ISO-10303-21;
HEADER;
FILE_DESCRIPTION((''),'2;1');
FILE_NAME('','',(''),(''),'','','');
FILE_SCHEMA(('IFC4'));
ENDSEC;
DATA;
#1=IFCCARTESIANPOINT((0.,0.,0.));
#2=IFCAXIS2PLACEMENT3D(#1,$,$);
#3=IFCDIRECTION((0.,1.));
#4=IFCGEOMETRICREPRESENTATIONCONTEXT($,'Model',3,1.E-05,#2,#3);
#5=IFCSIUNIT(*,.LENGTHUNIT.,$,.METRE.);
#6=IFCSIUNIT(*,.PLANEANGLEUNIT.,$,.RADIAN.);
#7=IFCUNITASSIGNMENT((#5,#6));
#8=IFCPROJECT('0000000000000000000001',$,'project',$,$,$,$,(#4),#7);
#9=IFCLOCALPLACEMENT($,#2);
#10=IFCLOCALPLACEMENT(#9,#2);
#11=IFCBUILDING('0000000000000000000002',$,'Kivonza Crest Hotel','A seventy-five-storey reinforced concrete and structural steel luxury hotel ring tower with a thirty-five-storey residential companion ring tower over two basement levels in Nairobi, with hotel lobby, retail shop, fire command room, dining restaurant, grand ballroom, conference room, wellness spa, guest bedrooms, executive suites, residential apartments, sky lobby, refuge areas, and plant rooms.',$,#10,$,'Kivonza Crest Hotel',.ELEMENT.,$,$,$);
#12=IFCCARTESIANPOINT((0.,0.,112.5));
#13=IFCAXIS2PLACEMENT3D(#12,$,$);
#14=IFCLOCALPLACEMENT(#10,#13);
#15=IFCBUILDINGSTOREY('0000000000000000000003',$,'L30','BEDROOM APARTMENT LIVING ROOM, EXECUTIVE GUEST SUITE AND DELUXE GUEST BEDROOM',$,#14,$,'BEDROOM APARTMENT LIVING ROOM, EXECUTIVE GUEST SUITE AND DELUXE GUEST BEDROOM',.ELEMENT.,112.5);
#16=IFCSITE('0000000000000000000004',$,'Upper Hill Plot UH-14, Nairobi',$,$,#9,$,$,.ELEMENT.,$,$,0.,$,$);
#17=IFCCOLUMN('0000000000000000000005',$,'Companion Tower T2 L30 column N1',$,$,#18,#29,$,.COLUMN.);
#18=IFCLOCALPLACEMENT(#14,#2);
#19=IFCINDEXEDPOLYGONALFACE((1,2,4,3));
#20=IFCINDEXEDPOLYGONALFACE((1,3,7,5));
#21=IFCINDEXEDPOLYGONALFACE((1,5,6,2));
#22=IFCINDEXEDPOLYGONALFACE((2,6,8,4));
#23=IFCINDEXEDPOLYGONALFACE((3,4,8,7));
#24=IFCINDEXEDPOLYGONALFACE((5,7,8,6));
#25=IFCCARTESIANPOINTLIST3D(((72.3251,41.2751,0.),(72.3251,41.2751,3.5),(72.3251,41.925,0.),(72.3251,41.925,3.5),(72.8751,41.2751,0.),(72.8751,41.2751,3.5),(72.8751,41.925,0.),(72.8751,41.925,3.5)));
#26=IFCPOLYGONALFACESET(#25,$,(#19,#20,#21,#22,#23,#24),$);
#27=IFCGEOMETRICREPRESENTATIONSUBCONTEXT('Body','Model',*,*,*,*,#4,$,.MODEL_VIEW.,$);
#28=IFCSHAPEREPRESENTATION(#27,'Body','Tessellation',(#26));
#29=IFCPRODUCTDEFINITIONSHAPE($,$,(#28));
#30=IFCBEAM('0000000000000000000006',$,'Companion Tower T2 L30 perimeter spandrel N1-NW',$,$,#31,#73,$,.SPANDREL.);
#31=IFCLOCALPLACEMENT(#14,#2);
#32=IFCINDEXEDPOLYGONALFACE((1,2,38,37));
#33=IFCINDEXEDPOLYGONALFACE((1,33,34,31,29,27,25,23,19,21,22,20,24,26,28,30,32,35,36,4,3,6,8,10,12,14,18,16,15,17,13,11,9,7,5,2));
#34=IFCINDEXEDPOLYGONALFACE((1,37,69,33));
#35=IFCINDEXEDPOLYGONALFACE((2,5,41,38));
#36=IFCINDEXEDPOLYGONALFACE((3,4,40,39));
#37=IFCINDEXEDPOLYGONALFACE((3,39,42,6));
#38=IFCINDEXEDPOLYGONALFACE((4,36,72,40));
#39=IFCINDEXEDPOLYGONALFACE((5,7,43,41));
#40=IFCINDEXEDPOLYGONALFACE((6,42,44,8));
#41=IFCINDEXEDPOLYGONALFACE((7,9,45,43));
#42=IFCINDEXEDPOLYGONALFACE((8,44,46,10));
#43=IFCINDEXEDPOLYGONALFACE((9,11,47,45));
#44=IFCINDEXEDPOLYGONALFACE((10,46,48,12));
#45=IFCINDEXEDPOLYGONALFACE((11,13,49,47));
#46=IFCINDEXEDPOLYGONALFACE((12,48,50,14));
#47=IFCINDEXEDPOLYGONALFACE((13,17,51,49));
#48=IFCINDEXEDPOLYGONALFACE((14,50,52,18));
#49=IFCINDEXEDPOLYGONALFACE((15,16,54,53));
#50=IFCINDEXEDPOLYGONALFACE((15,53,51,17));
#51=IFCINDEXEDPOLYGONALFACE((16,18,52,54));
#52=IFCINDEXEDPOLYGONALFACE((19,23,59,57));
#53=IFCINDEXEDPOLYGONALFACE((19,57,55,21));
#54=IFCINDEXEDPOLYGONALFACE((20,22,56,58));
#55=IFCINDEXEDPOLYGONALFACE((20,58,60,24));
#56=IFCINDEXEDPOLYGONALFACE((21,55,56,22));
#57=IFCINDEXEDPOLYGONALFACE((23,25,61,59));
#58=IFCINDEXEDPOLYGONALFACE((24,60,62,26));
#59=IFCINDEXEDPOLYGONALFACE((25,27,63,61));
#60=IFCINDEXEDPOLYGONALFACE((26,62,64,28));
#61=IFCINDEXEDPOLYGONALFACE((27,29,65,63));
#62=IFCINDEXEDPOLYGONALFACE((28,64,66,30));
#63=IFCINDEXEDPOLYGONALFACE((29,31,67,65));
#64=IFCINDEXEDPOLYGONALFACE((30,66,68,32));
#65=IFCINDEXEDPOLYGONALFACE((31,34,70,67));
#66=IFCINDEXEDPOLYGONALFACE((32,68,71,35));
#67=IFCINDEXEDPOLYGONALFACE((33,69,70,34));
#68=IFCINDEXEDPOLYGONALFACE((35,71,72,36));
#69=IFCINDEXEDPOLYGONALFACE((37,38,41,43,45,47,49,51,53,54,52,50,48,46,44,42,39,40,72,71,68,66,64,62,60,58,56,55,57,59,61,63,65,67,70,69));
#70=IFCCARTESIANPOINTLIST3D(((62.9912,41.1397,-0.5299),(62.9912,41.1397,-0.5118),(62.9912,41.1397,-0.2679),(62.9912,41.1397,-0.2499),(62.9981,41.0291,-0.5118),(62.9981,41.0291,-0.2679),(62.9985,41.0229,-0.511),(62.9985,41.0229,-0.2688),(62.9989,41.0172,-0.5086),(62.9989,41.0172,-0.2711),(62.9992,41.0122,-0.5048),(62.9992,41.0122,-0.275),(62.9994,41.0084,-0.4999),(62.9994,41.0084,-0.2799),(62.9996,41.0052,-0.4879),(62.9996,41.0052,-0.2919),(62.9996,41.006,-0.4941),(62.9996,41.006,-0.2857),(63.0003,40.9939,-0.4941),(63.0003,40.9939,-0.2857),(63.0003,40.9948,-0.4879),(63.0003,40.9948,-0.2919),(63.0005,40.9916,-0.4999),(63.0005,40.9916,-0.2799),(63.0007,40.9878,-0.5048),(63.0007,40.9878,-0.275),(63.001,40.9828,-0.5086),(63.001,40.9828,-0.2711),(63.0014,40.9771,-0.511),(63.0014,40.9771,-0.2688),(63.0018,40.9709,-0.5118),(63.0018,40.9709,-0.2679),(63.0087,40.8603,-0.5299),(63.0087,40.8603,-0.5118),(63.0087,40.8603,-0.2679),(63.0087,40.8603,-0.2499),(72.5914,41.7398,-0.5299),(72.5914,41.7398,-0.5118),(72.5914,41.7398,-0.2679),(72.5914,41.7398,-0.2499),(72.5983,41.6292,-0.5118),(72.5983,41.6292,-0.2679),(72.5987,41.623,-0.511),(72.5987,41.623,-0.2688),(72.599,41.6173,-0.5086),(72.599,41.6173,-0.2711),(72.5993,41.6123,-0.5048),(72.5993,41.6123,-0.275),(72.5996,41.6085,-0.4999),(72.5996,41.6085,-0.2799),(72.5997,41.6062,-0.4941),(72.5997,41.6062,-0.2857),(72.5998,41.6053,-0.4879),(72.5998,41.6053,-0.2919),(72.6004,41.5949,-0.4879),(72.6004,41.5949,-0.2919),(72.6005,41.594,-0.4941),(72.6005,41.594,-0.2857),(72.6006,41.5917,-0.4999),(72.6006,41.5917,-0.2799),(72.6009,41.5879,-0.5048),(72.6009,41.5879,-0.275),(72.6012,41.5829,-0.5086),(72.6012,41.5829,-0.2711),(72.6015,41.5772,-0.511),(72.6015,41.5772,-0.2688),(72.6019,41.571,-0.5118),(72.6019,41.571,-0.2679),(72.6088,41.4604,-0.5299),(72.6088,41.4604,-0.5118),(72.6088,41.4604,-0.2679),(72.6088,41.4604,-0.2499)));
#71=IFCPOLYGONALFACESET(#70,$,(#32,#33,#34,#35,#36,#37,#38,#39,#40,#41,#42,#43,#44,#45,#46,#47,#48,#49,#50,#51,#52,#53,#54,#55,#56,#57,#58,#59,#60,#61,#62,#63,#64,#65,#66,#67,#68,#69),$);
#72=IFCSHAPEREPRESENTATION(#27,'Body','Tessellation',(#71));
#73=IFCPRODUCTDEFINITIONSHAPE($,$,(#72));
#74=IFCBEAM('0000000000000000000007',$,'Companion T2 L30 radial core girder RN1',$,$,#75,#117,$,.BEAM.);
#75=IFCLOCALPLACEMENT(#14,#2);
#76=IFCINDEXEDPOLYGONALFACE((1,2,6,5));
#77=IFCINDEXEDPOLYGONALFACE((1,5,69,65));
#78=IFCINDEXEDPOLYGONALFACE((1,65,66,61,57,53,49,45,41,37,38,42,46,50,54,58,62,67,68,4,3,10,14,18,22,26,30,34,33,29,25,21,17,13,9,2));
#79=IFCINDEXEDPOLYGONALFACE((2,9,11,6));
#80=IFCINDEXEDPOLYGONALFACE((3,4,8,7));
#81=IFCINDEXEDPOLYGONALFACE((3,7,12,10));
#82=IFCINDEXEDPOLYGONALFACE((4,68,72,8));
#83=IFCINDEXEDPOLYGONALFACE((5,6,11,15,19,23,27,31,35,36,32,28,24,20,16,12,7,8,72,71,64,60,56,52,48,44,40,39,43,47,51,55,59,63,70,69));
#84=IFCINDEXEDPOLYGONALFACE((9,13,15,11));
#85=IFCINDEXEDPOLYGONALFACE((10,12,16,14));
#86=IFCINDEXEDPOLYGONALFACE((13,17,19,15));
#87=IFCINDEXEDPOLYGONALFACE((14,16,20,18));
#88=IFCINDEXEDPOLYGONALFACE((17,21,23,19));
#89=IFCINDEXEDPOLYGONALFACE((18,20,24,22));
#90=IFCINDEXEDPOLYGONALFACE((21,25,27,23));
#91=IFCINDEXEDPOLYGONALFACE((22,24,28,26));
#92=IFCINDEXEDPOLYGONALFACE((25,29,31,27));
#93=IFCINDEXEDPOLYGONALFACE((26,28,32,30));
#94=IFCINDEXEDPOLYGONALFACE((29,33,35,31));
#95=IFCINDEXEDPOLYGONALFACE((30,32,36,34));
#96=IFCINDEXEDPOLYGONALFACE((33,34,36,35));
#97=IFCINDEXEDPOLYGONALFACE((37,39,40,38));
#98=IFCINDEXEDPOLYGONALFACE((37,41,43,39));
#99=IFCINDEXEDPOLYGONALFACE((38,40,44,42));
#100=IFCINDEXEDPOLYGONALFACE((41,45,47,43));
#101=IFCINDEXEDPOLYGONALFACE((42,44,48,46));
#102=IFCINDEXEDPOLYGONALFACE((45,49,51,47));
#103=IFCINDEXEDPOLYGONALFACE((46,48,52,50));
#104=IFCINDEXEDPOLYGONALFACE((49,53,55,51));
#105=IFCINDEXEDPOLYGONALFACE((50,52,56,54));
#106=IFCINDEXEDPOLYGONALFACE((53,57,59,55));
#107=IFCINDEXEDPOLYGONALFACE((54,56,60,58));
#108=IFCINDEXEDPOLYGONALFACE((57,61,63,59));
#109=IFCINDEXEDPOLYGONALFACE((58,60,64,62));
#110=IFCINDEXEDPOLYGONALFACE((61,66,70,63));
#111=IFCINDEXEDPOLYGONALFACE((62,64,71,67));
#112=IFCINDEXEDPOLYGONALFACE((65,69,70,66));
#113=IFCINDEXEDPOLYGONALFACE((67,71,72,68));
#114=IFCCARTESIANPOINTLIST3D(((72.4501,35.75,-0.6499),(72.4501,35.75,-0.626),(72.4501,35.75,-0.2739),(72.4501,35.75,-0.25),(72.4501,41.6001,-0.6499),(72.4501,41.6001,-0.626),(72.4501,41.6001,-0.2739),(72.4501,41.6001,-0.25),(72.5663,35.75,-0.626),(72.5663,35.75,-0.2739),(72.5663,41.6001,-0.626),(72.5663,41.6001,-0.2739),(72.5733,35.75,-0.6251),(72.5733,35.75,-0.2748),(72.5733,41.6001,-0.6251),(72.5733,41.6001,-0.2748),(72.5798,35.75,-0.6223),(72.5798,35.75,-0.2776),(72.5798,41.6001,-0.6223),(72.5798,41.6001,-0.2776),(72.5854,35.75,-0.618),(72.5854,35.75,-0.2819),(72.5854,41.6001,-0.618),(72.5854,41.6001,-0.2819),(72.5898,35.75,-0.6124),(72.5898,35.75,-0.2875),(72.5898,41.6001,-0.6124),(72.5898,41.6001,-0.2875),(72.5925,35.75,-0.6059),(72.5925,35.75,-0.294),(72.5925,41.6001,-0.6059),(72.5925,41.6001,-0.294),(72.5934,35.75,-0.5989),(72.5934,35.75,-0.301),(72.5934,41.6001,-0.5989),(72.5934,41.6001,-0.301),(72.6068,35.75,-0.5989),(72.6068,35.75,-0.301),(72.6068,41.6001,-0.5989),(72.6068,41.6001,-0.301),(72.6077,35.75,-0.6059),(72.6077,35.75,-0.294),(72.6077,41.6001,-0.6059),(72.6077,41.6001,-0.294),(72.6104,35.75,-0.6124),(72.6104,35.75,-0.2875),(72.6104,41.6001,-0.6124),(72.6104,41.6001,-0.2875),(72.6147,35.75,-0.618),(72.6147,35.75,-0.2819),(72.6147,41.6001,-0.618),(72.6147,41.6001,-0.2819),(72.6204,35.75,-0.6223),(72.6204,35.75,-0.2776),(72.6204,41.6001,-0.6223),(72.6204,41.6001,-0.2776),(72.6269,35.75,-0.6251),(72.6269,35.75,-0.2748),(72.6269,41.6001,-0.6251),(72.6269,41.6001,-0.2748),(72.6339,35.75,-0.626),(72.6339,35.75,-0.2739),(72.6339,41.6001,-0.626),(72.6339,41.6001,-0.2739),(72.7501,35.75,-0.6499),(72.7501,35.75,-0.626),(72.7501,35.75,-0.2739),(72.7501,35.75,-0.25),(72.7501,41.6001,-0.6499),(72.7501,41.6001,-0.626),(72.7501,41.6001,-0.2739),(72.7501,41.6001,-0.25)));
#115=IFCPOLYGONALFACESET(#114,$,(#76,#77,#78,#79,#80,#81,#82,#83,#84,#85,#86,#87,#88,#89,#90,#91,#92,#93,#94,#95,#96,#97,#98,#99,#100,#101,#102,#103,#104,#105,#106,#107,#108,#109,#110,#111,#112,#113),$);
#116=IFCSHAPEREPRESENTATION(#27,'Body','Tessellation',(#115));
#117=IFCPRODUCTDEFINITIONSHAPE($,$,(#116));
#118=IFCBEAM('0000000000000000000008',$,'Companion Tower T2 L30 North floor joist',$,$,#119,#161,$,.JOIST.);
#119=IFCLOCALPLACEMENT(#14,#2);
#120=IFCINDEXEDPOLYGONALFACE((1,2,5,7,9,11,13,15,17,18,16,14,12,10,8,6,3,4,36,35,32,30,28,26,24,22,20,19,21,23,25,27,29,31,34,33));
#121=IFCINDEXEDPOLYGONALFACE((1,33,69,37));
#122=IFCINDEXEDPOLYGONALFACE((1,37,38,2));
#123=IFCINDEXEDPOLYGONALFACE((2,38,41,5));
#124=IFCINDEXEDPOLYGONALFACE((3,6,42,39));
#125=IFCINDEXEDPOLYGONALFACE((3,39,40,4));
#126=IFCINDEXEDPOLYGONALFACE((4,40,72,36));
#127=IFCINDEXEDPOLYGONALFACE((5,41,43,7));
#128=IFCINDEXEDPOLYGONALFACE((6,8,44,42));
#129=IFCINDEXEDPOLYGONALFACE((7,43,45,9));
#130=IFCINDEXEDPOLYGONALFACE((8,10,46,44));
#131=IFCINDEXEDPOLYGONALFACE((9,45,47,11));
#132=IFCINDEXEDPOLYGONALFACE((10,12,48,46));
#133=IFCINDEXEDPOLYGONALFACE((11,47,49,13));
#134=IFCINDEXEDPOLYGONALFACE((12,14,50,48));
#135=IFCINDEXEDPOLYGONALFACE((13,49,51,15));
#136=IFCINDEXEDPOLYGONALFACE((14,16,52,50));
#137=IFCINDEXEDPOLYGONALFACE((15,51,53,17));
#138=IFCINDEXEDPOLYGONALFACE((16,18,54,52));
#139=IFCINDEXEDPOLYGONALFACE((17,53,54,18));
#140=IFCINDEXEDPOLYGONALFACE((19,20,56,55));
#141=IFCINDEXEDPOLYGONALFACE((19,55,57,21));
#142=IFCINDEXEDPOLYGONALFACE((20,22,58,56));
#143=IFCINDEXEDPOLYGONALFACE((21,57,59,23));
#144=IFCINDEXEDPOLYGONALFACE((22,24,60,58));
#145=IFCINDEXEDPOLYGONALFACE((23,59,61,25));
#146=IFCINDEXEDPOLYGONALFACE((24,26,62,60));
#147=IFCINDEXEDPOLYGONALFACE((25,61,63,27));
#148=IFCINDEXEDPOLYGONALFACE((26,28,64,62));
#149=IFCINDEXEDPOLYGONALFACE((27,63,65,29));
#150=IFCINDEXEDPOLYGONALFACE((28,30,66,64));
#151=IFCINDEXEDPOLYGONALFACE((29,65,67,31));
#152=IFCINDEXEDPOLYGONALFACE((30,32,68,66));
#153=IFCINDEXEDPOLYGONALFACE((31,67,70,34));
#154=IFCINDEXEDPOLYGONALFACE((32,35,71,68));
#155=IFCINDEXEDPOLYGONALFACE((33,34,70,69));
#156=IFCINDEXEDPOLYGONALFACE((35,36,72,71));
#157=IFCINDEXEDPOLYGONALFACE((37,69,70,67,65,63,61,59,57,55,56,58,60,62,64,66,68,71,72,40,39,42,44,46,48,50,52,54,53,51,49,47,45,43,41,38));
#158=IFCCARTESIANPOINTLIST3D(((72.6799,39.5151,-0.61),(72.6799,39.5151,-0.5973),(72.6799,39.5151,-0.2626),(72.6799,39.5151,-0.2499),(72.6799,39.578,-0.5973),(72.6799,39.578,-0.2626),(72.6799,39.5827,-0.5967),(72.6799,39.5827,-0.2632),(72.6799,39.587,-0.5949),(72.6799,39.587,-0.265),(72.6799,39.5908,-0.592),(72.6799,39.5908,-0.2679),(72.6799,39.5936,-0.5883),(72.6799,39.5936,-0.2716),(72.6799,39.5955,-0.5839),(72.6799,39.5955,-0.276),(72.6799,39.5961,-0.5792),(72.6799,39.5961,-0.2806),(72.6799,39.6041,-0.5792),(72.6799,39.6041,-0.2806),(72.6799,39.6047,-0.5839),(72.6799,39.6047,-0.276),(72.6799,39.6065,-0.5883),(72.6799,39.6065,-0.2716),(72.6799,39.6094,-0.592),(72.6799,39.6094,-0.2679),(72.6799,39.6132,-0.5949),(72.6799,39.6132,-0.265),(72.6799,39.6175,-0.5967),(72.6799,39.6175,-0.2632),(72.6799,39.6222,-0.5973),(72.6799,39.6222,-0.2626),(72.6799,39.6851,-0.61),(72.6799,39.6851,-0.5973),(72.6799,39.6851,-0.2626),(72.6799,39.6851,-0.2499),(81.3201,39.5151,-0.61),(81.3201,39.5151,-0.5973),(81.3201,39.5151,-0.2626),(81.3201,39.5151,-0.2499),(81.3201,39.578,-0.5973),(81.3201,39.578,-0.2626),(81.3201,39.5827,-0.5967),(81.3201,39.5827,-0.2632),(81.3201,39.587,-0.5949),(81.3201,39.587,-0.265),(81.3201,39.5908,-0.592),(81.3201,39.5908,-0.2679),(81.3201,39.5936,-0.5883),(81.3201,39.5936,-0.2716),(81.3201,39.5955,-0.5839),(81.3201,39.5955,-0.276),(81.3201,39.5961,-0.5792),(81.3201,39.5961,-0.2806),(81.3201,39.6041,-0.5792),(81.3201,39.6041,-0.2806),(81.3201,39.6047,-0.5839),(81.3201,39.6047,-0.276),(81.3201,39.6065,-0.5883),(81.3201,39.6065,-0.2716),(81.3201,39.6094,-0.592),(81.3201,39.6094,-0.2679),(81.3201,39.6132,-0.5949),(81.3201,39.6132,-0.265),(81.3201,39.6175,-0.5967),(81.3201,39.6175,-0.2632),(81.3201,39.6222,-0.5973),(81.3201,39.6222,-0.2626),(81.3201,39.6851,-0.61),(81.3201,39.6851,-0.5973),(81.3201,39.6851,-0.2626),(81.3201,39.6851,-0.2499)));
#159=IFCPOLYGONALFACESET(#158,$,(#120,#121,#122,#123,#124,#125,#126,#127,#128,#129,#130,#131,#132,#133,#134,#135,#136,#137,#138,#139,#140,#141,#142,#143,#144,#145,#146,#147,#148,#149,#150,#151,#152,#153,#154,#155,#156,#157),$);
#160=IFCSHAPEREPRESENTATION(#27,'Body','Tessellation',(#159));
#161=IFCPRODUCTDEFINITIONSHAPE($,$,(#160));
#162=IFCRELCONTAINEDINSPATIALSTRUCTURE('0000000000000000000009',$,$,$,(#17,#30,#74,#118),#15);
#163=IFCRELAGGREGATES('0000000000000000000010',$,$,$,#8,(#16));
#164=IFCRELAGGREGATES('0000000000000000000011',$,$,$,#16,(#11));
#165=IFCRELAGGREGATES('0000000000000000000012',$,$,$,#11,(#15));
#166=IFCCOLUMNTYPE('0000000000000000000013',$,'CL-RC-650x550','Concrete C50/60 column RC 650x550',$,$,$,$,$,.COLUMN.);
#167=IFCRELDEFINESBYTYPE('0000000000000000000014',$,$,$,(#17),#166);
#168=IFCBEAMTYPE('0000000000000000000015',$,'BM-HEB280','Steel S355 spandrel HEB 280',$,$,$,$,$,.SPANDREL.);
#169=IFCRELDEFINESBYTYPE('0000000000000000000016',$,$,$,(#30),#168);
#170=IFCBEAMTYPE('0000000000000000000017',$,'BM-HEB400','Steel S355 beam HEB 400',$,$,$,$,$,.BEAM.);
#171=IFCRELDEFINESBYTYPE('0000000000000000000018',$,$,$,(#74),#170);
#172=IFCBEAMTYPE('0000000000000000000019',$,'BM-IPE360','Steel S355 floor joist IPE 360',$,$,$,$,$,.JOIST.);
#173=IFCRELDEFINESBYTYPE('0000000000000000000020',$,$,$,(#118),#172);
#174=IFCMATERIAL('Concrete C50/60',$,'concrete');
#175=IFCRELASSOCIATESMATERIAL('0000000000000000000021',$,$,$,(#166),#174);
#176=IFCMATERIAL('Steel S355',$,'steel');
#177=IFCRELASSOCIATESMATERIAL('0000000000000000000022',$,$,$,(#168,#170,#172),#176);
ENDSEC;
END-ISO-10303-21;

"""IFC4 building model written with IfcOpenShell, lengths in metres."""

from ifc_helpers import new_model, si_unit, direction, frame, origin, origin_2d, place, context, subcontext, project, spatial, rectangle, i_section, extrude, material, material_profile, profile_set, type_object, element, save


model = new_model("IFC4")

# Units and contexts
model_context = context("Model", 3, precision=1e-05, world=origin(), true_north=direction((0.0, 1.0)))
body_context = subcontext(model_context, "Body", "Model", "MODEL_VIEW")
ifc_project = project(units=[si_unit("LENGTHUNIT", "METRE"), si_unit("PLANEANGLEUNIT", "RADIAN")], contexts=[model_context])

# Site, building, storey
site_placement = place(None, origin())
site = spatial("IfcSite", under=ifc_project, at=site_placement, Name="Upper Hill Plot UH-14, Nairobi", CompositionType="ELEMENT", RefElevation=0.0)
building_placement = place(site_placement, origin())
building = spatial("IfcBuilding", under=site, at=building_placement, Name="Kivonza Crest Hotel", Description="A seventy-five-storey reinforced concrete and structural steel luxury hotel ring tower with a thirty-five-storey residential companion ring tower over two basement levels in Nairobi, with hotel lobby, retail shop, fire command room, dining restaurant, grand ballroom, conference room, wellness spa, guest bedrooms, executive suites, residential apartments, sky lobby, refuge areas, and plant rooms.", LongName="Kivonza Crest Hotel", CompositionType="ELEMENT")
storey_placement = place(building_placement, frame((0.0, 0.0, 112.5)))
storey = spatial("IfcBuildingStorey", under=building, at=storey_placement, Name="L30", Description="BEDROOM APARTMENT LIVING ROOM, EXECUTIVE GUEST SUITE AND DELUXE GUEST BEDROOM", LongName="BEDROOM APARTMENT LIVING ROOM, EXECUTIVE GUEST SUITE AND DELUXE GUEST BEDROOM", CompositionType="ELEMENT", Elevation=112.5)

# Column
ifc_material_1 = material(Name="Concrete C50/60", Category="concrete")
ifc_material_profile_1 = material_profile(ifc_material_1, rectangle(XDim=0.55, YDim=0.6499, at=origin_2d()), Name="RC 650x550")
ifc_profile_set_1 = profile_set([ifc_material_profile_1], Name="Concrete C50/60")
column_type = type_object("IfcColumnType", Name="CL-RC-650x550", Description="Concrete C50/60 column RC 650x550", PredefinedType="COLUMN", material=ifc_profile_set_1)
column_placement = place(storey_placement, frame((72.6001, 41.6001, 0.0), z_axis=(0.0, 0.0, 1.0), x_axis=(1.0, 0.0, 0.0)))
element("IfcColumn", 1, at=column_placement, inside=storey, type_object=column_type, Name="Companion Tower T2 L30 column N1", PredefinedType="COLUMN", context=body_context, shape_type="SweptSolid", body=[
    extrude(rectangle(XDim=0.55, YDim=0.6499, at=origin_2d()), origin(), (0.0, 0.0, 1.0), 3.5),
])

# Beams
ifc_material_2 = material(Name="Steel S355", Category="steel")
ifc_material_profile_2 = material_profile(ifc_material_2, i_section(OverallWidth=0.28, OverallDepth=0.28, WebThickness=0.0105, FlangeThickness=0.0181, FilletRadius=0.0239, at=origin_2d()), Name="HEB 280")
ifc_profile_set_2 = profile_set([ifc_material_profile_2], Name="Steel S355")
beam_type_1 = type_object("IfcBeamType", Name="BM-HEB280", Description="Steel S355 spandrel HEB 280", PredefinedType="SPANDREL", material=ifc_profile_set_2)
beam_1_placement = place(storey_placement, frame((72.6001, 41.6001, -0.3899), z_axis=(-0.998052, -0.062388, 0.0), x_axis=(0.062388, -0.998052, 0.0)))
element("IfcBeam", 2, at=beam_1_placement, inside=storey, type_object=beam_type_1, Name="Companion Tower T2 L30 perimeter spandrel N1-NW", PredefinedType="SPANDREL", context=body_context, shape_type="SweptSolid", body=[
    extrude(i_section(OverallWidth=0.28, OverallDepth=0.28, WebThickness=0.0105, FlangeThickness=0.0181, FilletRadius=0.0239, at=origin_2d()), origin(), (0.0, 0.0, 1.0), 9.6189),
])
ifc_material_profile_3 = material_profile(ifc_material_2, i_section(OverallWidth=0.3, OverallDepth=0.3999, WebThickness=0.0134, FlangeThickness=0.0239, FilletRadius=0.0271, at=origin_2d()), Name="HEB 400")
ifc_profile_set_3 = profile_set([ifc_material_profile_3], Name="Steel S355")
beam_type_2 = type_object("IfcBeamType", Name="BM-HEB400", Description="Steel S355 beam HEB 400", PredefinedType="BEAM", material=ifc_profile_set_3)
beam_2_placement = place(storey_placement, frame((72.6001, 41.6001, -0.45), z_axis=(0.0, -1.0, 0.0), x_axis=(1.0, 0.0, 0.0)))
element("IfcBeam", 3, at=beam_2_placement, inside=storey, type_object=beam_type_2, Name="Companion T2 L30 radial core girder RN1", PredefinedType="BEAM", context=body_context, shape_type="SweptSolid", body=[
    extrude(i_section(OverallWidth=0.3, OverallDepth=0.3999, WebThickness=0.0134, FlangeThickness=0.0239, FilletRadius=0.0271, at=origin_2d()), origin(), (0.0, 0.0, 1.0), 5.8501),
])
ifc_material_profile_4 = material_profile(ifc_material_2, i_section(OverallWidth=0.1699, OverallDepth=0.3601, WebThickness=0.0081, FlangeThickness=0.0127, FilletRadius=0.0181, at=origin_2d()), Name="IPE 360")
ifc_profile_set_4 = profile_set([ifc_material_profile_4], Name="Steel S355")
beam_type_3 = type_object("IfcBeamType", Name="BM-IPE360", Description="Steel S355 floor joist IPE 360", PredefinedType="JOIST", material=ifc_profile_set_4)
beam_3_placement = place(storey_placement, frame((72.6799, 39.6001, -0.4299), z_axis=(1.0, 0.0, 0.0), x_axis=(0.0, 1.0, 0.0)))
element("IfcBeam", 4, at=beam_3_placement, inside=storey, type_object=beam_type_3, Name="Companion Tower T2 L30 North floor joist", PredefinedType="JOIST", context=body_context, shape_type="SweptSolid", body=[
    extrude(i_section(OverallWidth=0.1699, OverallDepth=0.3601, WebThickness=0.0081, FlangeThickness=0.0127, FilletRadius=0.0181, at=origin_2d()), origin(), (0.0, 0.0, 1.0), 8.6401),
])

save(model, "model.ifc")
